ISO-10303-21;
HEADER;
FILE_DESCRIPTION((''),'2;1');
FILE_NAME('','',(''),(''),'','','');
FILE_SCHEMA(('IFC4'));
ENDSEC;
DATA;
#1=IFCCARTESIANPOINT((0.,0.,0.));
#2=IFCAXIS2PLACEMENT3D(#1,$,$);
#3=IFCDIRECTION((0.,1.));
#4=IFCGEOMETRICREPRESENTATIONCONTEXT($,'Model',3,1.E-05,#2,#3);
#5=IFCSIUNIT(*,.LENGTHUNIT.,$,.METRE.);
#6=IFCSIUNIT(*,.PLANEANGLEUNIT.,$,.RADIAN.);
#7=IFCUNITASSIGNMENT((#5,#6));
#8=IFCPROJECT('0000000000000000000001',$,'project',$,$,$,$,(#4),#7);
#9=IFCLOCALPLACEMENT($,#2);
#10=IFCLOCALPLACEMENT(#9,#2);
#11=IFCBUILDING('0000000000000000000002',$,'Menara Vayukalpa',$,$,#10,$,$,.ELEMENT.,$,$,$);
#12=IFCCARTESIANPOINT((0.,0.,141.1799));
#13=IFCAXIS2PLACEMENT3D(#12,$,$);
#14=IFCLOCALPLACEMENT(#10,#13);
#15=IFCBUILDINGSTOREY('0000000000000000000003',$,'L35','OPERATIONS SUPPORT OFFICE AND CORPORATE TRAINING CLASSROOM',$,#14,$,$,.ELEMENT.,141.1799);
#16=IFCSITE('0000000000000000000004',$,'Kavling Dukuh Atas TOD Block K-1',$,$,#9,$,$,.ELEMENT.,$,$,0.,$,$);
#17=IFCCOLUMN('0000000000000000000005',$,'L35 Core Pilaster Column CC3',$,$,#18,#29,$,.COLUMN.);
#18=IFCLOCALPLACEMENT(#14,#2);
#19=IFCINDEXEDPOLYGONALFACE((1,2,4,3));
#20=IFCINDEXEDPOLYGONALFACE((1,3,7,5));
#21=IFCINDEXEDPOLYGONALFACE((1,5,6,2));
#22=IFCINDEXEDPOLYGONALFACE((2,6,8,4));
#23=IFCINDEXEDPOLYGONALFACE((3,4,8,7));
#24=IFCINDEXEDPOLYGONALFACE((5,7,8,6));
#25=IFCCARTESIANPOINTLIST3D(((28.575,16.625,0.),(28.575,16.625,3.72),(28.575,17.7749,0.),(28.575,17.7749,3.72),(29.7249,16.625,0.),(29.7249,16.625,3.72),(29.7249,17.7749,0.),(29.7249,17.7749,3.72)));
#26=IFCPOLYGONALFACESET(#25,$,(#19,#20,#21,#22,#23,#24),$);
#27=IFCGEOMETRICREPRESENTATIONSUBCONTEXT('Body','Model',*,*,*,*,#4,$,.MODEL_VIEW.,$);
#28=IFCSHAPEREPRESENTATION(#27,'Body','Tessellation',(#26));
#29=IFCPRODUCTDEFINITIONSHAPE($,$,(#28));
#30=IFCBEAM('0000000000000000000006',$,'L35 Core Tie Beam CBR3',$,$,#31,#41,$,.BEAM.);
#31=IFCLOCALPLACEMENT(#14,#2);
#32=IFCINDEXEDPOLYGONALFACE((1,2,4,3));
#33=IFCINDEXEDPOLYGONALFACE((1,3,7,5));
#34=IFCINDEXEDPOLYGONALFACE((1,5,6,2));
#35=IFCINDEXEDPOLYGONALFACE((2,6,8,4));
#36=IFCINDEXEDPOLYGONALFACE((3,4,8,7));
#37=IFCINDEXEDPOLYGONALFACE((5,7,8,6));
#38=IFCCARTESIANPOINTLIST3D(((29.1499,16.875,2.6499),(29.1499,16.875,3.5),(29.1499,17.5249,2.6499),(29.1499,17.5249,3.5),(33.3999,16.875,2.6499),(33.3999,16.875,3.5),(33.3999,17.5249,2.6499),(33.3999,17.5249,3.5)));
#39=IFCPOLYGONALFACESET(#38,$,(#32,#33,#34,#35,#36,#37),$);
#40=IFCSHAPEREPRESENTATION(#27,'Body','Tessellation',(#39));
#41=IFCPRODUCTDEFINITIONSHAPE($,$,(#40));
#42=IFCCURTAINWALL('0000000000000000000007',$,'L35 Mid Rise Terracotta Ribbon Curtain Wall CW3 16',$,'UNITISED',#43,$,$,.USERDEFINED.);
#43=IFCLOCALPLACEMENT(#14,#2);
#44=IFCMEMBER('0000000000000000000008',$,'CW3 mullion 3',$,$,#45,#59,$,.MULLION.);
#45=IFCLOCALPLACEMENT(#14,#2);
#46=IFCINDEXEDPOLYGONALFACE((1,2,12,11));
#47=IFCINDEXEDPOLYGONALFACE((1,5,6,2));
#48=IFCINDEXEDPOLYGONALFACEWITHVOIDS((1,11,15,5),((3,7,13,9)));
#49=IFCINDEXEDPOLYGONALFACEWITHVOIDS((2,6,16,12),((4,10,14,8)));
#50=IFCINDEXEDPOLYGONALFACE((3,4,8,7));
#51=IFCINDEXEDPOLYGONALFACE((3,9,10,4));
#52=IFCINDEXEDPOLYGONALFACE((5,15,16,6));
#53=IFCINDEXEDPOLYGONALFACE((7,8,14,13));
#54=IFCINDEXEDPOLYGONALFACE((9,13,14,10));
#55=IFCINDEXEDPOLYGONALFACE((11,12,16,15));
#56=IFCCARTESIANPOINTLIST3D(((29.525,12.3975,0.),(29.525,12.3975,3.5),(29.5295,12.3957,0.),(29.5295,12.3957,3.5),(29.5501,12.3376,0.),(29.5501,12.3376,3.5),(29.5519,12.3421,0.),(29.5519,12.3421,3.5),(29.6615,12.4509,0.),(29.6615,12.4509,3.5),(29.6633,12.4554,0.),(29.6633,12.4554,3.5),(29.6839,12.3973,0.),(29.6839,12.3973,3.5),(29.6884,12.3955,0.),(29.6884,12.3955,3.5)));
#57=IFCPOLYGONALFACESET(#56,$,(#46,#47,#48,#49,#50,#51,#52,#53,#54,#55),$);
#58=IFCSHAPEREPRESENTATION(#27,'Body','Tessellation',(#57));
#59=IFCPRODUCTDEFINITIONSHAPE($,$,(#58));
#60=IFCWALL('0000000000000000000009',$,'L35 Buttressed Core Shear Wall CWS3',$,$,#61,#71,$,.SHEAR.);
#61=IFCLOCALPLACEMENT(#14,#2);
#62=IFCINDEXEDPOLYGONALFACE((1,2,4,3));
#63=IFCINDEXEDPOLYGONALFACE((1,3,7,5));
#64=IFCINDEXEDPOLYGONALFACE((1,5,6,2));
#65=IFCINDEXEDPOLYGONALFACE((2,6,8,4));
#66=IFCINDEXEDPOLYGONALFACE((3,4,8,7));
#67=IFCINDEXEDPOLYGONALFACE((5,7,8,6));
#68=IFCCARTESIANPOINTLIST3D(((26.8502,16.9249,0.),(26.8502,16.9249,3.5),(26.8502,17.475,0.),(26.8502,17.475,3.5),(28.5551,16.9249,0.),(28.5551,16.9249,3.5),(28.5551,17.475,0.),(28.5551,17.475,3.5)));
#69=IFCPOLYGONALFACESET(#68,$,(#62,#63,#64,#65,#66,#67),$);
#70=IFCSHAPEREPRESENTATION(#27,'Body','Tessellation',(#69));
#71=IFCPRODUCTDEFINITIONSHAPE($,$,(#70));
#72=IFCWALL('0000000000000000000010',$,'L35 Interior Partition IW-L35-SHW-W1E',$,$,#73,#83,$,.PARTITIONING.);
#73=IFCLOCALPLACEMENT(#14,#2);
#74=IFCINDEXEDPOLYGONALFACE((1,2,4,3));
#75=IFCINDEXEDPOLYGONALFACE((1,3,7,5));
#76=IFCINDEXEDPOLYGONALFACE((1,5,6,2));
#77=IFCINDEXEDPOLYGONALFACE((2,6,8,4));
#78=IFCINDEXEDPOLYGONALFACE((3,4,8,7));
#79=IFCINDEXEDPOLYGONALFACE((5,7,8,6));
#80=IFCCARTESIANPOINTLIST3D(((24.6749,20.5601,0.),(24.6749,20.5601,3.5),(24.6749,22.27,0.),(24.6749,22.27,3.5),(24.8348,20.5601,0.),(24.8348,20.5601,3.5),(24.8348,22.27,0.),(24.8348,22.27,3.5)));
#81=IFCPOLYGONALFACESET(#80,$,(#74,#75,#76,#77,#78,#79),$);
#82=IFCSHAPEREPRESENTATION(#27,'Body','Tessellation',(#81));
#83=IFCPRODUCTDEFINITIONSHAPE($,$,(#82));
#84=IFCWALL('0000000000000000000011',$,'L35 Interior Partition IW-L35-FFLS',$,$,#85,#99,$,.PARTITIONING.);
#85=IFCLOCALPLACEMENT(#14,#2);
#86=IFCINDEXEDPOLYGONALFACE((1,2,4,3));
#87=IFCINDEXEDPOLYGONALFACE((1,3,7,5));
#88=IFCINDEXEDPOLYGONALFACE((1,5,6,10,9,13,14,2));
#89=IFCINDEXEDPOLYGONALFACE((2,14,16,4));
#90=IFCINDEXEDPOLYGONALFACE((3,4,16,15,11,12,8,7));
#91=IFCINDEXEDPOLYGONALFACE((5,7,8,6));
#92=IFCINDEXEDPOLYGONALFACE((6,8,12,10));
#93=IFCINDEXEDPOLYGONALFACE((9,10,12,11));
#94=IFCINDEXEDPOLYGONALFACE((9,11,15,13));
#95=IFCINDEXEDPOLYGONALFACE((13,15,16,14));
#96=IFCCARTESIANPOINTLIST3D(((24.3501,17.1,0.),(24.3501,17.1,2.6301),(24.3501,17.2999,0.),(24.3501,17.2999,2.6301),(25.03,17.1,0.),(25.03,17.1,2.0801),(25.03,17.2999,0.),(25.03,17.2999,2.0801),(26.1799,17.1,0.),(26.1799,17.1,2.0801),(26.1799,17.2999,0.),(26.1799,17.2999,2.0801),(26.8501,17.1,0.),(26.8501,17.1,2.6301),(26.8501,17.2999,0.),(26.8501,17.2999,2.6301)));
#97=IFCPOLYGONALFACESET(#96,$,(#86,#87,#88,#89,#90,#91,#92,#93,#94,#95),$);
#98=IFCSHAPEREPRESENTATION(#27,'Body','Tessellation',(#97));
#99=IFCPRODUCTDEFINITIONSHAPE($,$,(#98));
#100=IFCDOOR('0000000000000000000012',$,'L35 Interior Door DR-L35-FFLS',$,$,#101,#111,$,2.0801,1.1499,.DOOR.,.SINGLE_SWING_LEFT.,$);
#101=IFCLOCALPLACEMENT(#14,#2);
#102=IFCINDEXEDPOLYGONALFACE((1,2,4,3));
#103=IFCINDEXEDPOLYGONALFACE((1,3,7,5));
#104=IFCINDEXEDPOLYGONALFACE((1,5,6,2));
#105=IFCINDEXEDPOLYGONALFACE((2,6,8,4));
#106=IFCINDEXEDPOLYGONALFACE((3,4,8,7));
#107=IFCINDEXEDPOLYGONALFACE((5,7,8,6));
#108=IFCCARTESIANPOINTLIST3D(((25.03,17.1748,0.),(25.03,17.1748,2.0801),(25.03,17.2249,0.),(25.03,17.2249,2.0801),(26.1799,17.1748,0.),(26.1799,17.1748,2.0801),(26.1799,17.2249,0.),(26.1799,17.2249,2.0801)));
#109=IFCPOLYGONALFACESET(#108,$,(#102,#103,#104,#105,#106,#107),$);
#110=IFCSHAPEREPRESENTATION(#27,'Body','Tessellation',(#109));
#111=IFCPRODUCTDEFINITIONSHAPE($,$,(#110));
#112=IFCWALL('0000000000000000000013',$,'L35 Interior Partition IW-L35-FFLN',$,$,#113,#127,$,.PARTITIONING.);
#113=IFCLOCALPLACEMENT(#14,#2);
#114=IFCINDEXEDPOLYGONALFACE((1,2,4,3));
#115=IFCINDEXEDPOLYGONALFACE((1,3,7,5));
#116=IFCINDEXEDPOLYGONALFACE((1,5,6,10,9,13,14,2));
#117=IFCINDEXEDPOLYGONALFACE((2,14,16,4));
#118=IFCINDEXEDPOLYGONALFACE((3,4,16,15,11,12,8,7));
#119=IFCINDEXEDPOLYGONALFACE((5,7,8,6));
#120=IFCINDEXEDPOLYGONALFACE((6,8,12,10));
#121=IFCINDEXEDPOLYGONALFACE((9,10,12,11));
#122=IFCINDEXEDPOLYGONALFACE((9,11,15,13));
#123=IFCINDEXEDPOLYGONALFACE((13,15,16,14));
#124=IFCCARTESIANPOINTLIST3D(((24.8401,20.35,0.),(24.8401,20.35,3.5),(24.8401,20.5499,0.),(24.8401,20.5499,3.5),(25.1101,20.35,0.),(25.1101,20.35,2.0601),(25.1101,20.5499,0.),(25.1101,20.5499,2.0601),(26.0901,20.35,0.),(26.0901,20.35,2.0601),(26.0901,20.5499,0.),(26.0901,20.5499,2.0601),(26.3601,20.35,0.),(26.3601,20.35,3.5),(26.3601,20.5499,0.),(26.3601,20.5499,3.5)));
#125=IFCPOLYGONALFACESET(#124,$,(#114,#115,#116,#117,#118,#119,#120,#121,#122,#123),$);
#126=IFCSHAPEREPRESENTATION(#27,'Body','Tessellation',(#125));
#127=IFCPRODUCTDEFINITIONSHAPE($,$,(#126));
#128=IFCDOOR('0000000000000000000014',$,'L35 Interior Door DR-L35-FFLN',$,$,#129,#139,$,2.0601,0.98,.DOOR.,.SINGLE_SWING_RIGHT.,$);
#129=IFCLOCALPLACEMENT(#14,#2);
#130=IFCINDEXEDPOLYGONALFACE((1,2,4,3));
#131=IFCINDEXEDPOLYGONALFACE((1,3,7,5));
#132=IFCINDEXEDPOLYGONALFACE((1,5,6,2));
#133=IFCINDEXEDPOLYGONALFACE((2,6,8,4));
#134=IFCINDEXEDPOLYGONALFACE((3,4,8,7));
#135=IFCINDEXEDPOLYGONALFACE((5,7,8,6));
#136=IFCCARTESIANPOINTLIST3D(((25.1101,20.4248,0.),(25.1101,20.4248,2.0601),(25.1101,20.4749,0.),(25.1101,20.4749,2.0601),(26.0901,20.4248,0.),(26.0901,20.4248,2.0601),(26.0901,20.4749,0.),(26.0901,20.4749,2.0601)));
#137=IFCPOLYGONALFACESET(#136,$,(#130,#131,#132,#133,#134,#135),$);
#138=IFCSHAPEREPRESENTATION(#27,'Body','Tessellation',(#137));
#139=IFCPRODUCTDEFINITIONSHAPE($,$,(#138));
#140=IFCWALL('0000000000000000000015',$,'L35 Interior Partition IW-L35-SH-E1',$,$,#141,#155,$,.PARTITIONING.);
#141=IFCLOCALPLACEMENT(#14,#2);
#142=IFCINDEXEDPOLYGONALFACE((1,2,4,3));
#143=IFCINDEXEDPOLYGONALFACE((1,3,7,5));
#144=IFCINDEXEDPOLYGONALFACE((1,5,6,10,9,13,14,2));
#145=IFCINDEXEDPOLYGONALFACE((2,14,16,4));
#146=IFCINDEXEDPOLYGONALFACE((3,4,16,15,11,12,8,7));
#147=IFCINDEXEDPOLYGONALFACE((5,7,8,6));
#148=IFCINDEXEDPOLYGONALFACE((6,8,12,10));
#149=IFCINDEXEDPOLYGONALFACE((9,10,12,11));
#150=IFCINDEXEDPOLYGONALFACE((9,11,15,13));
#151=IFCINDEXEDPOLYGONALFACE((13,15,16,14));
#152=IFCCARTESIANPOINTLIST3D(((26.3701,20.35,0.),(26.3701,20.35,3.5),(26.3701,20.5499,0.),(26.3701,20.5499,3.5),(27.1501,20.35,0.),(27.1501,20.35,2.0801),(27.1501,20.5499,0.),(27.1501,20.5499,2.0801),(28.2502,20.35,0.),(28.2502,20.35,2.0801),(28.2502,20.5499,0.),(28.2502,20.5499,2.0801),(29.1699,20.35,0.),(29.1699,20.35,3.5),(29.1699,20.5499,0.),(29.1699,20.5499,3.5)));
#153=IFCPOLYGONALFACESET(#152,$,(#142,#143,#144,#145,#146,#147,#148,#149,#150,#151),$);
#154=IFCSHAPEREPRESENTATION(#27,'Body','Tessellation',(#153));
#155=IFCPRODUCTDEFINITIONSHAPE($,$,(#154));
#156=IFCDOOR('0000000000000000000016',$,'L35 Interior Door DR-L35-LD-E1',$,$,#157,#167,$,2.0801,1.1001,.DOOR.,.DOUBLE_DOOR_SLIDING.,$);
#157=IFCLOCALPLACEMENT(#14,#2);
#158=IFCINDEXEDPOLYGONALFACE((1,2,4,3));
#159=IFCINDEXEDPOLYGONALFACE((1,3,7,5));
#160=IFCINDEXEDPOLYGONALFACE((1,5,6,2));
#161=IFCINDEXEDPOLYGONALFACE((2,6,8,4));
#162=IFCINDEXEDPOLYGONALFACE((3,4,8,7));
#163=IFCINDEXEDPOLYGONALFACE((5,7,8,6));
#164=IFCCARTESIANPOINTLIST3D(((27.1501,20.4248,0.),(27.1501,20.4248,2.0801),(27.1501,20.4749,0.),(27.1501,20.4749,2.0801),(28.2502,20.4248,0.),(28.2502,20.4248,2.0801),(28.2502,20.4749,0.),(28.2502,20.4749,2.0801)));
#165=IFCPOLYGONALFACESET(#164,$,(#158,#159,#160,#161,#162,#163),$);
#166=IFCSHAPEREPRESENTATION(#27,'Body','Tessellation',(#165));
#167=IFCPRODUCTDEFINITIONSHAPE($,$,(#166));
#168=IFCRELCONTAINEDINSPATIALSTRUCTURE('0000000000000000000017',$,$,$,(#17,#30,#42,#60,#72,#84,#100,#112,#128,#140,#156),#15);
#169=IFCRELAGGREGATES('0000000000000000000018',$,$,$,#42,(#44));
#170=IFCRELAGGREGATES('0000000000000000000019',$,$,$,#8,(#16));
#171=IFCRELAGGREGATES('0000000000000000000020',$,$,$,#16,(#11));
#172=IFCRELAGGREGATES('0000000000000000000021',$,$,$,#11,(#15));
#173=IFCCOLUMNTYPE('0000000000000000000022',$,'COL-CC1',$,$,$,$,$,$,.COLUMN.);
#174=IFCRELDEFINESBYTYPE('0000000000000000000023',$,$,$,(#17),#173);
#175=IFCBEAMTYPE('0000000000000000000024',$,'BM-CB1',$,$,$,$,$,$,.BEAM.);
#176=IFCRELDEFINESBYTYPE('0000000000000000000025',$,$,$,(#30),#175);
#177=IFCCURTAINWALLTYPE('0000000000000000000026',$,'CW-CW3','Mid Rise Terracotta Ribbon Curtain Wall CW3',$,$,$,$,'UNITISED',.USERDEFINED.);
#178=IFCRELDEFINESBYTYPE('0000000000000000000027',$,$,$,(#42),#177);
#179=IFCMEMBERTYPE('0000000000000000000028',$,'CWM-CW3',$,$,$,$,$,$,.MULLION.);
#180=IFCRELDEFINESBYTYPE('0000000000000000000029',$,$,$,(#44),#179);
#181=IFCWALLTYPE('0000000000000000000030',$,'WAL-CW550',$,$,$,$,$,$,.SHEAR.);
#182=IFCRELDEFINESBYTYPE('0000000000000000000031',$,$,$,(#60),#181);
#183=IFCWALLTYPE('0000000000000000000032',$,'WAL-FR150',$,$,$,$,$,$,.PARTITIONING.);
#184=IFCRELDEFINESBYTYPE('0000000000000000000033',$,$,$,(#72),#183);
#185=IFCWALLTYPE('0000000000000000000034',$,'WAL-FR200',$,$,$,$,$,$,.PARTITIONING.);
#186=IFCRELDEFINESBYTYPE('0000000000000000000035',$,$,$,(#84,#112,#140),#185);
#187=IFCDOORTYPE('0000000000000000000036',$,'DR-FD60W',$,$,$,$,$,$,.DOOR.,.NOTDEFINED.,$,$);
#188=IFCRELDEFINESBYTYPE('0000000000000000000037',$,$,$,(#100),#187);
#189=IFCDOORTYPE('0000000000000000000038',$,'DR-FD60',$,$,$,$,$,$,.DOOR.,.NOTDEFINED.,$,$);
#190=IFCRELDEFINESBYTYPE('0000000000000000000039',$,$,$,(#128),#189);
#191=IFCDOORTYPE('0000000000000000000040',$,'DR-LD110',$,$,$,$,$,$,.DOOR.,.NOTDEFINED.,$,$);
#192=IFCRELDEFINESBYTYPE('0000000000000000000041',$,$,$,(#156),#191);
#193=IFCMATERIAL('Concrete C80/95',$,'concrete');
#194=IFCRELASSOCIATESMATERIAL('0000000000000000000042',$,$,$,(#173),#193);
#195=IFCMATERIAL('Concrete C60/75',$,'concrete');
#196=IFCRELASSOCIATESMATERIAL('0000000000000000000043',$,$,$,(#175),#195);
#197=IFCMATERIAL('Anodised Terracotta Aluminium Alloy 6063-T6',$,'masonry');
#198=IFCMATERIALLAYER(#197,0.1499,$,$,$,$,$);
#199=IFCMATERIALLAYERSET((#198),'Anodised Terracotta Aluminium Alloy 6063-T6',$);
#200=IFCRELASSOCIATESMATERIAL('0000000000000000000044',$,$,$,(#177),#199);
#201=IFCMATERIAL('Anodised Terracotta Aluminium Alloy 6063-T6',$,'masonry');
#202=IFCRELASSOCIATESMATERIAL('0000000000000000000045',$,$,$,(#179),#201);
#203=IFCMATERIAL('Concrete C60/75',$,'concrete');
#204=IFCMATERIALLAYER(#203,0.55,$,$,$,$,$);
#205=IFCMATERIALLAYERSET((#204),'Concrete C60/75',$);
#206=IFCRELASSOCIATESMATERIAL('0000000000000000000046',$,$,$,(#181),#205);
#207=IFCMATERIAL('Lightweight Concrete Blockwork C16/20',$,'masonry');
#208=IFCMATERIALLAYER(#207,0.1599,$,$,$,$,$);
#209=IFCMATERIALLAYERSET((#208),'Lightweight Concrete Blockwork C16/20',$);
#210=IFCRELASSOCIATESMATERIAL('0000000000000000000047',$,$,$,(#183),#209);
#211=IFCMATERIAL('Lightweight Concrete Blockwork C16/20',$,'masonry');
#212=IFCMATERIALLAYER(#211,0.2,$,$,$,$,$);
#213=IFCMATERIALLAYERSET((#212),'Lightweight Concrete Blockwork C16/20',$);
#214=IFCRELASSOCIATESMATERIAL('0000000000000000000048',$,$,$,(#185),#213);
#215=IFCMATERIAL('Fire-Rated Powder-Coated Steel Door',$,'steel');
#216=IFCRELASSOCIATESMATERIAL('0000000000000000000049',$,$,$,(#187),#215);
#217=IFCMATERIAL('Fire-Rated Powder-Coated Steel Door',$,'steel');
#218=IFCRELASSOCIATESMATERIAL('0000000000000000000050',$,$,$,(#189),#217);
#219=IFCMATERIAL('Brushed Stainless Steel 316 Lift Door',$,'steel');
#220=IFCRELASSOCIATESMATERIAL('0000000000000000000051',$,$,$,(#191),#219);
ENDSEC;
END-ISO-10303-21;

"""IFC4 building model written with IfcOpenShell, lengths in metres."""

from ifc_helpers import new_model, si_unit, direction, frame, frame_2d, origin, origin_2d, place, context, subcontext, project, spatial, rectangle, hollow_rectangle, extrude, material, layer, layer_set, material_profile, profile_set, type_object, element, fill, aggregate, save


model = new_model("IFC4")

# Units and contexts
model_context = context("Model", 3, precision=1e-05, world=origin(), true_north=direction((0.0, 1.0)))
body_context = subcontext(model_context, "Body", "Model", "MODEL_VIEW")
ifc_project = project(units=[si_unit("LENGTHUNIT", "METRE"), si_unit("PLANEANGLEUNIT", "RADIAN")], contexts=[model_context])

# Site, building, storey
site_placement = place(None, origin())
site = spatial("IfcSite", under=ifc_project, at=site_placement, Name="Kavling Dukuh Atas TOD Block K-1", CompositionType="ELEMENT", RefElevation=0.0)
building_placement = place(site_placement, origin())
building = spatial("IfcBuilding", under=site, at=building_placement, Name="Menara Vayukalpa", CompositionType="ELEMENT")
storey_placement = place(building_placement, frame((0.0, 0.0, 141.1799)))
storey = spatial("IfcBuildingStorey", under=building, at=storey_placement, Name="L35", Description="OPERATIONS SUPPORT OFFICE AND CORPORATE TRAINING CLASSROOM", CompositionType="ELEMENT", Elevation=141.1799)

# Column
ifc_material_1 = material(Name="Concrete C80/95", Category="concrete")
ifc_material_profile_1 = material_profile(ifc_material_1, rectangle(XDim=1.1499, YDim=1.1499, at=origin_2d()), Name="RC 1150x1150")
ifc_profile_set_1 = profile_set([ifc_material_profile_1], Name="Concrete C80/95")
column_type = type_object("IfcColumnType", Name="COL-CC1", PredefinedType="COLUMN", material=ifc_profile_set_1)
column_placement = place(storey_placement, frame((29.1499, 17.2, 0.0), z_axis=(0.0, 0.0, 1.0), x_axis=(1.0, 0.0, 0.0)))
element("IfcColumn", 1, at=column_placement, inside=storey, type_object=column_type, Name="L35 Core Pilaster Column CC3", PredefinedType="COLUMN", context=body_context, shape_type="SweptSolid", body=[
    extrude(rectangle(XDim=1.1499, YDim=1.1499, at=origin_2d()), origin(), (0.0, 0.0, 1.0), 3.72),
])

# Beam
ifc_material_2 = material(Name="Concrete C60/75", Category="concrete")
ifc_material_profile_2 = material_profile(ifc_material_2, rectangle(XDim=0.6499, YDim=0.8501, at=origin_2d()), Name="RC 650x850")
ifc_profile_set_2 = profile_set([ifc_material_profile_2], Name="Concrete C60/75")
beam_type = type_object("IfcBeamType", Name="BM-CB1", PredefinedType="BEAM", material=ifc_profile_set_2)
beam_placement = place(storey_placement, frame((29.1499, 17.2, 3.075), z_axis=(1.0, 0.0, 0.0), x_axis=(0.0, 1.0, 0.0)))
element("IfcBeam", 2, at=beam_placement, inside=storey, type_object=beam_type, Name="L35 Core Tie Beam CBR3", PredefinedType="BEAM", context=body_context, shape_type="SweptSolid", body=[
    extrude(rectangle(XDim=0.6499, YDim=0.8501, at=origin_2d()), origin(), (0.0, 0.0, 1.0), 4.25),
])

# Curtain wall, member
ifc_material_3 = material(Name="Anodised Terracotta Aluminium Alloy 6063-T6", Category="masonry")
ifc_layer_1 = layer(ifc_material_3, 0.1499)
ifc_layer_set_1 = layer_set([ifc_layer_1], Name="Anodised Terracotta Aluminium Alloy 6063-T6")
curtain_wall_type = type_object("IfcCurtainWallType", Name="CW-CW3", Description="Mid Rise Terracotta Ribbon Curtain Wall CW3", ElementType="UNITISED", PredefinedType="USERDEFINED", material=ifc_layer_set_1)
curtain_wall_placement = place(storey_placement, origin())
curtain_wall = element("IfcCurtainWall", 3, at=curtain_wall_placement, inside=storey, type_object=curtain_wall_type, Name="L35 Mid Rise Terracotta Ribbon Curtain Wall CW3 16", ObjectType="UNITISED", PredefinedType="USERDEFINED")
ifc_material_4 = material(Name="Anodised Terracotta Aluminium Alloy 6063-T6", Category="masonry")
ifc_material_profile_3 = material_profile(ifc_material_4, hollow_rectangle(XDim=0.0649, YDim=0.1499, WallThickness=0.0034, at=origin_2d()), Name="ALU 65x150x3.5")
ifc_profile_set_3 = profile_set([ifc_material_profile_3], Name="Anodised Terracotta Aluminium Alloy 6063-T6")
member_type = type_object("IfcMemberType", Name="CWM-CW3", PredefinedType="MULLION", material=ifc_profile_set_3)
member_placement = place(storey_placement, frame((29.6067, 12.3965, 0.0), z_axis=(0.0, 0.0, 1.0), x_axis=(-0.385886, 0.922546, 0.0)))
member = element("IfcMember", 4, at=member_placement, type_object=member_type, Name="CW3 mullion 3", PredefinedType="MULLION", context=body_context, shape_type="SweptSolid", body=[
    extrude(hollow_rectangle(XDim=0.0649, YDim=0.1499, WallThickness=0.0034, at=origin_2d()), origin(), (0.0, 0.0, 1.0), 3.5),
])
aggregate(curtain_wall, [member])

# Walls
ifc_material_5 = material(Name="Concrete C60/75", Category="concrete")
ifc_layer_2 = layer(ifc_material_5, 0.55)
ifc_layer_set_2 = layer_set([ifc_layer_2], Name="Concrete C60/75")
wall_type_1 = type_object("IfcWallType", Name="WAL-CW550", PredefinedType="SHEAR", material=ifc_layer_set_2)
wall_1_placement = place(storey_placement, frame((26.8501, 17.2, 0.0), z_axis=(0.0, 0.0, 1.0), x_axis=(1.0, 0.0, 0.0)))
element("IfcWall", 5, at=wall_1_placement, inside=storey, type_object=wall_type_1, Name="L35 Buttressed Core Shear Wall CWS3", PredefinedType="SHEAR", context=body_context, shape_type="SweptSolid", body=[
    extrude(rectangle(XDim=1.7048, YDim=0.55, at=frame_2d((0.8525, 0.0))), origin(), (0.0, 0.0, 1.0), 3.5),
])
ifc_material_6 = material(Name="Lightweight Concrete Blockwork C16/20", Category="masonry")
ifc_layer_3 = layer(ifc_material_6, 0.1599)
ifc_layer_set_3 = layer_set([ifc_layer_3], Name="Lightweight Concrete Blockwork C16/20")
wall_type_2 = type_object("IfcWallType", Name="WAL-FR150", PredefinedType="PARTITIONING", material=ifc_layer_set_3)
wall_2_placement = place(storey_placement, frame((24.7549, 20.5601, 0.0), z_axis=(0.0, 0.0, 1.0), x_axis=(0.0, 1.0, 0.0)))
element("IfcWall", 6, at=wall_2_placement, inside=storey, type_object=wall_type_2, Name="L35 Interior Partition IW-L35-SHW-W1E", PredefinedType="PARTITIONING", context=body_context, shape_type="SweptSolid", body=[
    extrude(rectangle(XDim=1.71, YDim=0.1599, at=frame_2d((0.855, 0.0))), origin(), (0.0, 0.0, 1.0), 3.5),
])

# Walls, openings, doors
ifc_material_7 = material(Name="Lightweight Concrete Blockwork C16/20", Category="masonry")
ifc_layer_4 = layer(ifc_material_7, 0.2)
ifc_layer_set_4 = layer_set([ifc_layer_4], Name="Lightweight Concrete Blockwork C16/20")
wall_type_3 = type_object("IfcWallType", Name="WAL-FR200", PredefinedType="PARTITIONING", material=ifc_layer_set_4)
wall_3_placement = place(storey_placement, frame((24.3501, 17.2, 0.0), z_axis=(0.0, 0.0, 1.0), x_axis=(1.0, 0.0, 0.0)))
wall_3 = element("IfcWall", 7, at=wall_3_placement, inside=storey, type_object=wall_type_3, Name="L35 Interior Partition IW-L35-FFLS", PredefinedType="PARTITIONING", context=body_context, shape_type="SweptSolid", body=[
    extrude(rectangle(XDim=2.5, YDim=0.2, at=frame_2d((1.25, 0.0))), origin(), (0.0, 0.0, 1.0), 2.6301),
])
opening_1_placement = place(wall_3_placement, frame((0.6799, 0.0, 0.0)))
opening_1 = element("IfcOpeningElement", 8, at=opening_1_placement, cuts=wall_3, PredefinedType="OPENING", context=body_context, shape_type="SweptSolid", body=[
    extrude(rectangle(XDim=1.1499, YDim=2.0801, at=frame_2d((0.575, 1.04))), frame((0.0, 0.1099, 0.0), z_axis=(0.0, -1.0, 0.0), x_axis=(1.0, 0.0, 0.0)), (0.0, 0.0, 1.0), 0.22),
])
ifc_material_8 = material(Name="Fire-Rated Powder-Coated Steel Door", Category="steel")
door_type_1 = type_object("IfcDoorType", Name="DR-FD60W", OperationType="NOTDEFINED", PredefinedType="DOOR", material=ifc_material_8)
door_1_placement = place(opening_1_placement, origin())
door_1 = element("IfcDoor", 9, at=door_1_placement, inside=storey, type_object=door_type_1, Name="L35 Interior Door DR-L35-FFLS", OperationType="SINGLE_SWING_LEFT", OverallHeight=2.0801, OverallWidth=1.1499, PredefinedType="DOOR", context=body_context, shape_type="SweptSolid", body=[
    extrude(rectangle(XDim=1.1499, YDim=2.0801, at=frame_2d((0.575, 1.04))), frame((0.0, 0.0249, 0.0), z_axis=(0.0, -1.0, 0.0), x_axis=(1.0, 0.0, 0.0)), (0.0, 0.0, 1.0), 0.05),
])
fill(opening_1, door_1)
wall_4_placement = place(storey_placement, frame((24.8401, 20.45, 0.0), z_axis=(0.0, 0.0, 1.0), x_axis=(1.0, 0.0, 0.0)))
wall_4 = element("IfcWall", 10, at=wall_4_placement, inside=storey, type_object=wall_type_3, Name="L35 Interior Partition IW-L35-FFLN", PredefinedType="PARTITIONING", context=body_context, shape_type="SweptSolid", body=[
    extrude(rectangle(XDim=1.52, YDim=0.2, at=frame_2d((0.76, 0.0))), origin(), (0.0, 0.0, 1.0), 3.5),
])
opening_2_placement = place(wall_4_placement, frame((0.27, 0.0, 0.0)))
opening_2 = element("IfcOpeningElement", 11, at=opening_2_placement, cuts=wall_4, PredefinedType="OPENING", context=body_context, shape_type="SweptSolid", body=[
    extrude(rectangle(XDim=0.98, YDim=2.0601, at=frame_2d((0.49, 1.03))), frame((0.0, 0.1099, 0.0), z_axis=(0.0, -1.0, 0.0), x_axis=(1.0, 0.0, 0.0)), (0.0, 0.0, 1.0), 0.22),
])
ifc_material_9 = material(Name="Fire-Rated Powder-Coated Steel Door", Category="steel")
door_type_2 = type_object("IfcDoorType", Name="DR-FD60", OperationType="NOTDEFINED", PredefinedType="DOOR", material=ifc_material_9)
door_2_placement = place(opening_2_placement, origin())
door_2 = element("IfcDoor", 12, at=door_2_placement, inside=storey, type_object=door_type_2, Name="L35 Interior Door DR-L35-FFLN", OperationType="SINGLE_SWING_RIGHT", OverallHeight=2.0601, OverallWidth=0.98, PredefinedType="DOOR", context=body_context, shape_type="SweptSolid", body=[
    extrude(rectangle(XDim=0.98, YDim=2.0601, at=frame_2d((0.49, 1.03))), frame((0.0, 0.0249, 0.0), z_axis=(0.0, -1.0, 0.0), x_axis=(1.0, 0.0, 0.0)), (0.0, 0.0, 1.0), 0.05),
])
fill(opening_2, door_2)
wall_5_placement = place(storey_placement, frame((26.3701, 20.45, 0.0), z_axis=(0.0, 0.0, 1.0), x_axis=(1.0, 0.0, 0.0)))
wall_5 = element("IfcWall", 13, at=wall_5_placement, inside=storey, type_object=wall_type_3, Name="L35 Interior Partition IW-L35-SH-E1", PredefinedType="PARTITIONING", context=body_context, shape_type="SweptSolid", body=[
    extrude(rectangle(XDim=2.7998, YDim=0.2, at=frame_2d((1.3999, 0.0))), origin(), (0.0, 0.0, 1.0), 3.5),
])
opening_3_placement = place(wall_5_placement, frame((0.78, 0.0, 0.0)))
opening_3 = element("IfcOpeningElement", 14, at=opening_3_placement, cuts=wall_5, PredefinedType="OPENING", context=body_context, shape_type="SweptSolid", body=[
    extrude(rectangle(XDim=1.1001, YDim=2.0801, at=frame_2d((0.55, 1.04))), frame((0.0, 0.1099, 0.0), z_axis=(0.0, -1.0, 0.0), x_axis=(1.0, 0.0, 0.0)), (0.0, 0.0, 1.0), 0.22),
])
ifc_material_10 = material(Name="Brushed Stainless Steel 316 Lift Door", Category="steel")
door_type_3 = type_object("IfcDoorType", Name="DR-LD110", OperationType="NOTDEFINED", PredefinedType="DOOR", material=ifc_material_10)
door_3_placement = place(opening_3_placement, origin())
door_3 = element("IfcDoor", 15, at=door_3_placement, inside=storey, type_object=door_type_3, Name="L35 Interior Door DR-L35-LD-E1", OperationType="DOUBLE_DOOR_SLIDING", OverallHeight=2.0801, OverallWidth=1.1001, PredefinedType="DOOR", context=body_context, shape_type="SweptSolid", body=[
    extrude(rectangle(XDim=1.1001, YDim=2.0801, at=frame_2d((0.55, 1.04))), frame((0.0, 0.0249, 0.0), z_axis=(0.0, -1.0, 0.0), x_axis=(1.0, 0.0, 0.0)), (0.0, 0.0, 1.0), 0.05),
])
fill(opening_3, door_3)

save(model, "model.ifc")
